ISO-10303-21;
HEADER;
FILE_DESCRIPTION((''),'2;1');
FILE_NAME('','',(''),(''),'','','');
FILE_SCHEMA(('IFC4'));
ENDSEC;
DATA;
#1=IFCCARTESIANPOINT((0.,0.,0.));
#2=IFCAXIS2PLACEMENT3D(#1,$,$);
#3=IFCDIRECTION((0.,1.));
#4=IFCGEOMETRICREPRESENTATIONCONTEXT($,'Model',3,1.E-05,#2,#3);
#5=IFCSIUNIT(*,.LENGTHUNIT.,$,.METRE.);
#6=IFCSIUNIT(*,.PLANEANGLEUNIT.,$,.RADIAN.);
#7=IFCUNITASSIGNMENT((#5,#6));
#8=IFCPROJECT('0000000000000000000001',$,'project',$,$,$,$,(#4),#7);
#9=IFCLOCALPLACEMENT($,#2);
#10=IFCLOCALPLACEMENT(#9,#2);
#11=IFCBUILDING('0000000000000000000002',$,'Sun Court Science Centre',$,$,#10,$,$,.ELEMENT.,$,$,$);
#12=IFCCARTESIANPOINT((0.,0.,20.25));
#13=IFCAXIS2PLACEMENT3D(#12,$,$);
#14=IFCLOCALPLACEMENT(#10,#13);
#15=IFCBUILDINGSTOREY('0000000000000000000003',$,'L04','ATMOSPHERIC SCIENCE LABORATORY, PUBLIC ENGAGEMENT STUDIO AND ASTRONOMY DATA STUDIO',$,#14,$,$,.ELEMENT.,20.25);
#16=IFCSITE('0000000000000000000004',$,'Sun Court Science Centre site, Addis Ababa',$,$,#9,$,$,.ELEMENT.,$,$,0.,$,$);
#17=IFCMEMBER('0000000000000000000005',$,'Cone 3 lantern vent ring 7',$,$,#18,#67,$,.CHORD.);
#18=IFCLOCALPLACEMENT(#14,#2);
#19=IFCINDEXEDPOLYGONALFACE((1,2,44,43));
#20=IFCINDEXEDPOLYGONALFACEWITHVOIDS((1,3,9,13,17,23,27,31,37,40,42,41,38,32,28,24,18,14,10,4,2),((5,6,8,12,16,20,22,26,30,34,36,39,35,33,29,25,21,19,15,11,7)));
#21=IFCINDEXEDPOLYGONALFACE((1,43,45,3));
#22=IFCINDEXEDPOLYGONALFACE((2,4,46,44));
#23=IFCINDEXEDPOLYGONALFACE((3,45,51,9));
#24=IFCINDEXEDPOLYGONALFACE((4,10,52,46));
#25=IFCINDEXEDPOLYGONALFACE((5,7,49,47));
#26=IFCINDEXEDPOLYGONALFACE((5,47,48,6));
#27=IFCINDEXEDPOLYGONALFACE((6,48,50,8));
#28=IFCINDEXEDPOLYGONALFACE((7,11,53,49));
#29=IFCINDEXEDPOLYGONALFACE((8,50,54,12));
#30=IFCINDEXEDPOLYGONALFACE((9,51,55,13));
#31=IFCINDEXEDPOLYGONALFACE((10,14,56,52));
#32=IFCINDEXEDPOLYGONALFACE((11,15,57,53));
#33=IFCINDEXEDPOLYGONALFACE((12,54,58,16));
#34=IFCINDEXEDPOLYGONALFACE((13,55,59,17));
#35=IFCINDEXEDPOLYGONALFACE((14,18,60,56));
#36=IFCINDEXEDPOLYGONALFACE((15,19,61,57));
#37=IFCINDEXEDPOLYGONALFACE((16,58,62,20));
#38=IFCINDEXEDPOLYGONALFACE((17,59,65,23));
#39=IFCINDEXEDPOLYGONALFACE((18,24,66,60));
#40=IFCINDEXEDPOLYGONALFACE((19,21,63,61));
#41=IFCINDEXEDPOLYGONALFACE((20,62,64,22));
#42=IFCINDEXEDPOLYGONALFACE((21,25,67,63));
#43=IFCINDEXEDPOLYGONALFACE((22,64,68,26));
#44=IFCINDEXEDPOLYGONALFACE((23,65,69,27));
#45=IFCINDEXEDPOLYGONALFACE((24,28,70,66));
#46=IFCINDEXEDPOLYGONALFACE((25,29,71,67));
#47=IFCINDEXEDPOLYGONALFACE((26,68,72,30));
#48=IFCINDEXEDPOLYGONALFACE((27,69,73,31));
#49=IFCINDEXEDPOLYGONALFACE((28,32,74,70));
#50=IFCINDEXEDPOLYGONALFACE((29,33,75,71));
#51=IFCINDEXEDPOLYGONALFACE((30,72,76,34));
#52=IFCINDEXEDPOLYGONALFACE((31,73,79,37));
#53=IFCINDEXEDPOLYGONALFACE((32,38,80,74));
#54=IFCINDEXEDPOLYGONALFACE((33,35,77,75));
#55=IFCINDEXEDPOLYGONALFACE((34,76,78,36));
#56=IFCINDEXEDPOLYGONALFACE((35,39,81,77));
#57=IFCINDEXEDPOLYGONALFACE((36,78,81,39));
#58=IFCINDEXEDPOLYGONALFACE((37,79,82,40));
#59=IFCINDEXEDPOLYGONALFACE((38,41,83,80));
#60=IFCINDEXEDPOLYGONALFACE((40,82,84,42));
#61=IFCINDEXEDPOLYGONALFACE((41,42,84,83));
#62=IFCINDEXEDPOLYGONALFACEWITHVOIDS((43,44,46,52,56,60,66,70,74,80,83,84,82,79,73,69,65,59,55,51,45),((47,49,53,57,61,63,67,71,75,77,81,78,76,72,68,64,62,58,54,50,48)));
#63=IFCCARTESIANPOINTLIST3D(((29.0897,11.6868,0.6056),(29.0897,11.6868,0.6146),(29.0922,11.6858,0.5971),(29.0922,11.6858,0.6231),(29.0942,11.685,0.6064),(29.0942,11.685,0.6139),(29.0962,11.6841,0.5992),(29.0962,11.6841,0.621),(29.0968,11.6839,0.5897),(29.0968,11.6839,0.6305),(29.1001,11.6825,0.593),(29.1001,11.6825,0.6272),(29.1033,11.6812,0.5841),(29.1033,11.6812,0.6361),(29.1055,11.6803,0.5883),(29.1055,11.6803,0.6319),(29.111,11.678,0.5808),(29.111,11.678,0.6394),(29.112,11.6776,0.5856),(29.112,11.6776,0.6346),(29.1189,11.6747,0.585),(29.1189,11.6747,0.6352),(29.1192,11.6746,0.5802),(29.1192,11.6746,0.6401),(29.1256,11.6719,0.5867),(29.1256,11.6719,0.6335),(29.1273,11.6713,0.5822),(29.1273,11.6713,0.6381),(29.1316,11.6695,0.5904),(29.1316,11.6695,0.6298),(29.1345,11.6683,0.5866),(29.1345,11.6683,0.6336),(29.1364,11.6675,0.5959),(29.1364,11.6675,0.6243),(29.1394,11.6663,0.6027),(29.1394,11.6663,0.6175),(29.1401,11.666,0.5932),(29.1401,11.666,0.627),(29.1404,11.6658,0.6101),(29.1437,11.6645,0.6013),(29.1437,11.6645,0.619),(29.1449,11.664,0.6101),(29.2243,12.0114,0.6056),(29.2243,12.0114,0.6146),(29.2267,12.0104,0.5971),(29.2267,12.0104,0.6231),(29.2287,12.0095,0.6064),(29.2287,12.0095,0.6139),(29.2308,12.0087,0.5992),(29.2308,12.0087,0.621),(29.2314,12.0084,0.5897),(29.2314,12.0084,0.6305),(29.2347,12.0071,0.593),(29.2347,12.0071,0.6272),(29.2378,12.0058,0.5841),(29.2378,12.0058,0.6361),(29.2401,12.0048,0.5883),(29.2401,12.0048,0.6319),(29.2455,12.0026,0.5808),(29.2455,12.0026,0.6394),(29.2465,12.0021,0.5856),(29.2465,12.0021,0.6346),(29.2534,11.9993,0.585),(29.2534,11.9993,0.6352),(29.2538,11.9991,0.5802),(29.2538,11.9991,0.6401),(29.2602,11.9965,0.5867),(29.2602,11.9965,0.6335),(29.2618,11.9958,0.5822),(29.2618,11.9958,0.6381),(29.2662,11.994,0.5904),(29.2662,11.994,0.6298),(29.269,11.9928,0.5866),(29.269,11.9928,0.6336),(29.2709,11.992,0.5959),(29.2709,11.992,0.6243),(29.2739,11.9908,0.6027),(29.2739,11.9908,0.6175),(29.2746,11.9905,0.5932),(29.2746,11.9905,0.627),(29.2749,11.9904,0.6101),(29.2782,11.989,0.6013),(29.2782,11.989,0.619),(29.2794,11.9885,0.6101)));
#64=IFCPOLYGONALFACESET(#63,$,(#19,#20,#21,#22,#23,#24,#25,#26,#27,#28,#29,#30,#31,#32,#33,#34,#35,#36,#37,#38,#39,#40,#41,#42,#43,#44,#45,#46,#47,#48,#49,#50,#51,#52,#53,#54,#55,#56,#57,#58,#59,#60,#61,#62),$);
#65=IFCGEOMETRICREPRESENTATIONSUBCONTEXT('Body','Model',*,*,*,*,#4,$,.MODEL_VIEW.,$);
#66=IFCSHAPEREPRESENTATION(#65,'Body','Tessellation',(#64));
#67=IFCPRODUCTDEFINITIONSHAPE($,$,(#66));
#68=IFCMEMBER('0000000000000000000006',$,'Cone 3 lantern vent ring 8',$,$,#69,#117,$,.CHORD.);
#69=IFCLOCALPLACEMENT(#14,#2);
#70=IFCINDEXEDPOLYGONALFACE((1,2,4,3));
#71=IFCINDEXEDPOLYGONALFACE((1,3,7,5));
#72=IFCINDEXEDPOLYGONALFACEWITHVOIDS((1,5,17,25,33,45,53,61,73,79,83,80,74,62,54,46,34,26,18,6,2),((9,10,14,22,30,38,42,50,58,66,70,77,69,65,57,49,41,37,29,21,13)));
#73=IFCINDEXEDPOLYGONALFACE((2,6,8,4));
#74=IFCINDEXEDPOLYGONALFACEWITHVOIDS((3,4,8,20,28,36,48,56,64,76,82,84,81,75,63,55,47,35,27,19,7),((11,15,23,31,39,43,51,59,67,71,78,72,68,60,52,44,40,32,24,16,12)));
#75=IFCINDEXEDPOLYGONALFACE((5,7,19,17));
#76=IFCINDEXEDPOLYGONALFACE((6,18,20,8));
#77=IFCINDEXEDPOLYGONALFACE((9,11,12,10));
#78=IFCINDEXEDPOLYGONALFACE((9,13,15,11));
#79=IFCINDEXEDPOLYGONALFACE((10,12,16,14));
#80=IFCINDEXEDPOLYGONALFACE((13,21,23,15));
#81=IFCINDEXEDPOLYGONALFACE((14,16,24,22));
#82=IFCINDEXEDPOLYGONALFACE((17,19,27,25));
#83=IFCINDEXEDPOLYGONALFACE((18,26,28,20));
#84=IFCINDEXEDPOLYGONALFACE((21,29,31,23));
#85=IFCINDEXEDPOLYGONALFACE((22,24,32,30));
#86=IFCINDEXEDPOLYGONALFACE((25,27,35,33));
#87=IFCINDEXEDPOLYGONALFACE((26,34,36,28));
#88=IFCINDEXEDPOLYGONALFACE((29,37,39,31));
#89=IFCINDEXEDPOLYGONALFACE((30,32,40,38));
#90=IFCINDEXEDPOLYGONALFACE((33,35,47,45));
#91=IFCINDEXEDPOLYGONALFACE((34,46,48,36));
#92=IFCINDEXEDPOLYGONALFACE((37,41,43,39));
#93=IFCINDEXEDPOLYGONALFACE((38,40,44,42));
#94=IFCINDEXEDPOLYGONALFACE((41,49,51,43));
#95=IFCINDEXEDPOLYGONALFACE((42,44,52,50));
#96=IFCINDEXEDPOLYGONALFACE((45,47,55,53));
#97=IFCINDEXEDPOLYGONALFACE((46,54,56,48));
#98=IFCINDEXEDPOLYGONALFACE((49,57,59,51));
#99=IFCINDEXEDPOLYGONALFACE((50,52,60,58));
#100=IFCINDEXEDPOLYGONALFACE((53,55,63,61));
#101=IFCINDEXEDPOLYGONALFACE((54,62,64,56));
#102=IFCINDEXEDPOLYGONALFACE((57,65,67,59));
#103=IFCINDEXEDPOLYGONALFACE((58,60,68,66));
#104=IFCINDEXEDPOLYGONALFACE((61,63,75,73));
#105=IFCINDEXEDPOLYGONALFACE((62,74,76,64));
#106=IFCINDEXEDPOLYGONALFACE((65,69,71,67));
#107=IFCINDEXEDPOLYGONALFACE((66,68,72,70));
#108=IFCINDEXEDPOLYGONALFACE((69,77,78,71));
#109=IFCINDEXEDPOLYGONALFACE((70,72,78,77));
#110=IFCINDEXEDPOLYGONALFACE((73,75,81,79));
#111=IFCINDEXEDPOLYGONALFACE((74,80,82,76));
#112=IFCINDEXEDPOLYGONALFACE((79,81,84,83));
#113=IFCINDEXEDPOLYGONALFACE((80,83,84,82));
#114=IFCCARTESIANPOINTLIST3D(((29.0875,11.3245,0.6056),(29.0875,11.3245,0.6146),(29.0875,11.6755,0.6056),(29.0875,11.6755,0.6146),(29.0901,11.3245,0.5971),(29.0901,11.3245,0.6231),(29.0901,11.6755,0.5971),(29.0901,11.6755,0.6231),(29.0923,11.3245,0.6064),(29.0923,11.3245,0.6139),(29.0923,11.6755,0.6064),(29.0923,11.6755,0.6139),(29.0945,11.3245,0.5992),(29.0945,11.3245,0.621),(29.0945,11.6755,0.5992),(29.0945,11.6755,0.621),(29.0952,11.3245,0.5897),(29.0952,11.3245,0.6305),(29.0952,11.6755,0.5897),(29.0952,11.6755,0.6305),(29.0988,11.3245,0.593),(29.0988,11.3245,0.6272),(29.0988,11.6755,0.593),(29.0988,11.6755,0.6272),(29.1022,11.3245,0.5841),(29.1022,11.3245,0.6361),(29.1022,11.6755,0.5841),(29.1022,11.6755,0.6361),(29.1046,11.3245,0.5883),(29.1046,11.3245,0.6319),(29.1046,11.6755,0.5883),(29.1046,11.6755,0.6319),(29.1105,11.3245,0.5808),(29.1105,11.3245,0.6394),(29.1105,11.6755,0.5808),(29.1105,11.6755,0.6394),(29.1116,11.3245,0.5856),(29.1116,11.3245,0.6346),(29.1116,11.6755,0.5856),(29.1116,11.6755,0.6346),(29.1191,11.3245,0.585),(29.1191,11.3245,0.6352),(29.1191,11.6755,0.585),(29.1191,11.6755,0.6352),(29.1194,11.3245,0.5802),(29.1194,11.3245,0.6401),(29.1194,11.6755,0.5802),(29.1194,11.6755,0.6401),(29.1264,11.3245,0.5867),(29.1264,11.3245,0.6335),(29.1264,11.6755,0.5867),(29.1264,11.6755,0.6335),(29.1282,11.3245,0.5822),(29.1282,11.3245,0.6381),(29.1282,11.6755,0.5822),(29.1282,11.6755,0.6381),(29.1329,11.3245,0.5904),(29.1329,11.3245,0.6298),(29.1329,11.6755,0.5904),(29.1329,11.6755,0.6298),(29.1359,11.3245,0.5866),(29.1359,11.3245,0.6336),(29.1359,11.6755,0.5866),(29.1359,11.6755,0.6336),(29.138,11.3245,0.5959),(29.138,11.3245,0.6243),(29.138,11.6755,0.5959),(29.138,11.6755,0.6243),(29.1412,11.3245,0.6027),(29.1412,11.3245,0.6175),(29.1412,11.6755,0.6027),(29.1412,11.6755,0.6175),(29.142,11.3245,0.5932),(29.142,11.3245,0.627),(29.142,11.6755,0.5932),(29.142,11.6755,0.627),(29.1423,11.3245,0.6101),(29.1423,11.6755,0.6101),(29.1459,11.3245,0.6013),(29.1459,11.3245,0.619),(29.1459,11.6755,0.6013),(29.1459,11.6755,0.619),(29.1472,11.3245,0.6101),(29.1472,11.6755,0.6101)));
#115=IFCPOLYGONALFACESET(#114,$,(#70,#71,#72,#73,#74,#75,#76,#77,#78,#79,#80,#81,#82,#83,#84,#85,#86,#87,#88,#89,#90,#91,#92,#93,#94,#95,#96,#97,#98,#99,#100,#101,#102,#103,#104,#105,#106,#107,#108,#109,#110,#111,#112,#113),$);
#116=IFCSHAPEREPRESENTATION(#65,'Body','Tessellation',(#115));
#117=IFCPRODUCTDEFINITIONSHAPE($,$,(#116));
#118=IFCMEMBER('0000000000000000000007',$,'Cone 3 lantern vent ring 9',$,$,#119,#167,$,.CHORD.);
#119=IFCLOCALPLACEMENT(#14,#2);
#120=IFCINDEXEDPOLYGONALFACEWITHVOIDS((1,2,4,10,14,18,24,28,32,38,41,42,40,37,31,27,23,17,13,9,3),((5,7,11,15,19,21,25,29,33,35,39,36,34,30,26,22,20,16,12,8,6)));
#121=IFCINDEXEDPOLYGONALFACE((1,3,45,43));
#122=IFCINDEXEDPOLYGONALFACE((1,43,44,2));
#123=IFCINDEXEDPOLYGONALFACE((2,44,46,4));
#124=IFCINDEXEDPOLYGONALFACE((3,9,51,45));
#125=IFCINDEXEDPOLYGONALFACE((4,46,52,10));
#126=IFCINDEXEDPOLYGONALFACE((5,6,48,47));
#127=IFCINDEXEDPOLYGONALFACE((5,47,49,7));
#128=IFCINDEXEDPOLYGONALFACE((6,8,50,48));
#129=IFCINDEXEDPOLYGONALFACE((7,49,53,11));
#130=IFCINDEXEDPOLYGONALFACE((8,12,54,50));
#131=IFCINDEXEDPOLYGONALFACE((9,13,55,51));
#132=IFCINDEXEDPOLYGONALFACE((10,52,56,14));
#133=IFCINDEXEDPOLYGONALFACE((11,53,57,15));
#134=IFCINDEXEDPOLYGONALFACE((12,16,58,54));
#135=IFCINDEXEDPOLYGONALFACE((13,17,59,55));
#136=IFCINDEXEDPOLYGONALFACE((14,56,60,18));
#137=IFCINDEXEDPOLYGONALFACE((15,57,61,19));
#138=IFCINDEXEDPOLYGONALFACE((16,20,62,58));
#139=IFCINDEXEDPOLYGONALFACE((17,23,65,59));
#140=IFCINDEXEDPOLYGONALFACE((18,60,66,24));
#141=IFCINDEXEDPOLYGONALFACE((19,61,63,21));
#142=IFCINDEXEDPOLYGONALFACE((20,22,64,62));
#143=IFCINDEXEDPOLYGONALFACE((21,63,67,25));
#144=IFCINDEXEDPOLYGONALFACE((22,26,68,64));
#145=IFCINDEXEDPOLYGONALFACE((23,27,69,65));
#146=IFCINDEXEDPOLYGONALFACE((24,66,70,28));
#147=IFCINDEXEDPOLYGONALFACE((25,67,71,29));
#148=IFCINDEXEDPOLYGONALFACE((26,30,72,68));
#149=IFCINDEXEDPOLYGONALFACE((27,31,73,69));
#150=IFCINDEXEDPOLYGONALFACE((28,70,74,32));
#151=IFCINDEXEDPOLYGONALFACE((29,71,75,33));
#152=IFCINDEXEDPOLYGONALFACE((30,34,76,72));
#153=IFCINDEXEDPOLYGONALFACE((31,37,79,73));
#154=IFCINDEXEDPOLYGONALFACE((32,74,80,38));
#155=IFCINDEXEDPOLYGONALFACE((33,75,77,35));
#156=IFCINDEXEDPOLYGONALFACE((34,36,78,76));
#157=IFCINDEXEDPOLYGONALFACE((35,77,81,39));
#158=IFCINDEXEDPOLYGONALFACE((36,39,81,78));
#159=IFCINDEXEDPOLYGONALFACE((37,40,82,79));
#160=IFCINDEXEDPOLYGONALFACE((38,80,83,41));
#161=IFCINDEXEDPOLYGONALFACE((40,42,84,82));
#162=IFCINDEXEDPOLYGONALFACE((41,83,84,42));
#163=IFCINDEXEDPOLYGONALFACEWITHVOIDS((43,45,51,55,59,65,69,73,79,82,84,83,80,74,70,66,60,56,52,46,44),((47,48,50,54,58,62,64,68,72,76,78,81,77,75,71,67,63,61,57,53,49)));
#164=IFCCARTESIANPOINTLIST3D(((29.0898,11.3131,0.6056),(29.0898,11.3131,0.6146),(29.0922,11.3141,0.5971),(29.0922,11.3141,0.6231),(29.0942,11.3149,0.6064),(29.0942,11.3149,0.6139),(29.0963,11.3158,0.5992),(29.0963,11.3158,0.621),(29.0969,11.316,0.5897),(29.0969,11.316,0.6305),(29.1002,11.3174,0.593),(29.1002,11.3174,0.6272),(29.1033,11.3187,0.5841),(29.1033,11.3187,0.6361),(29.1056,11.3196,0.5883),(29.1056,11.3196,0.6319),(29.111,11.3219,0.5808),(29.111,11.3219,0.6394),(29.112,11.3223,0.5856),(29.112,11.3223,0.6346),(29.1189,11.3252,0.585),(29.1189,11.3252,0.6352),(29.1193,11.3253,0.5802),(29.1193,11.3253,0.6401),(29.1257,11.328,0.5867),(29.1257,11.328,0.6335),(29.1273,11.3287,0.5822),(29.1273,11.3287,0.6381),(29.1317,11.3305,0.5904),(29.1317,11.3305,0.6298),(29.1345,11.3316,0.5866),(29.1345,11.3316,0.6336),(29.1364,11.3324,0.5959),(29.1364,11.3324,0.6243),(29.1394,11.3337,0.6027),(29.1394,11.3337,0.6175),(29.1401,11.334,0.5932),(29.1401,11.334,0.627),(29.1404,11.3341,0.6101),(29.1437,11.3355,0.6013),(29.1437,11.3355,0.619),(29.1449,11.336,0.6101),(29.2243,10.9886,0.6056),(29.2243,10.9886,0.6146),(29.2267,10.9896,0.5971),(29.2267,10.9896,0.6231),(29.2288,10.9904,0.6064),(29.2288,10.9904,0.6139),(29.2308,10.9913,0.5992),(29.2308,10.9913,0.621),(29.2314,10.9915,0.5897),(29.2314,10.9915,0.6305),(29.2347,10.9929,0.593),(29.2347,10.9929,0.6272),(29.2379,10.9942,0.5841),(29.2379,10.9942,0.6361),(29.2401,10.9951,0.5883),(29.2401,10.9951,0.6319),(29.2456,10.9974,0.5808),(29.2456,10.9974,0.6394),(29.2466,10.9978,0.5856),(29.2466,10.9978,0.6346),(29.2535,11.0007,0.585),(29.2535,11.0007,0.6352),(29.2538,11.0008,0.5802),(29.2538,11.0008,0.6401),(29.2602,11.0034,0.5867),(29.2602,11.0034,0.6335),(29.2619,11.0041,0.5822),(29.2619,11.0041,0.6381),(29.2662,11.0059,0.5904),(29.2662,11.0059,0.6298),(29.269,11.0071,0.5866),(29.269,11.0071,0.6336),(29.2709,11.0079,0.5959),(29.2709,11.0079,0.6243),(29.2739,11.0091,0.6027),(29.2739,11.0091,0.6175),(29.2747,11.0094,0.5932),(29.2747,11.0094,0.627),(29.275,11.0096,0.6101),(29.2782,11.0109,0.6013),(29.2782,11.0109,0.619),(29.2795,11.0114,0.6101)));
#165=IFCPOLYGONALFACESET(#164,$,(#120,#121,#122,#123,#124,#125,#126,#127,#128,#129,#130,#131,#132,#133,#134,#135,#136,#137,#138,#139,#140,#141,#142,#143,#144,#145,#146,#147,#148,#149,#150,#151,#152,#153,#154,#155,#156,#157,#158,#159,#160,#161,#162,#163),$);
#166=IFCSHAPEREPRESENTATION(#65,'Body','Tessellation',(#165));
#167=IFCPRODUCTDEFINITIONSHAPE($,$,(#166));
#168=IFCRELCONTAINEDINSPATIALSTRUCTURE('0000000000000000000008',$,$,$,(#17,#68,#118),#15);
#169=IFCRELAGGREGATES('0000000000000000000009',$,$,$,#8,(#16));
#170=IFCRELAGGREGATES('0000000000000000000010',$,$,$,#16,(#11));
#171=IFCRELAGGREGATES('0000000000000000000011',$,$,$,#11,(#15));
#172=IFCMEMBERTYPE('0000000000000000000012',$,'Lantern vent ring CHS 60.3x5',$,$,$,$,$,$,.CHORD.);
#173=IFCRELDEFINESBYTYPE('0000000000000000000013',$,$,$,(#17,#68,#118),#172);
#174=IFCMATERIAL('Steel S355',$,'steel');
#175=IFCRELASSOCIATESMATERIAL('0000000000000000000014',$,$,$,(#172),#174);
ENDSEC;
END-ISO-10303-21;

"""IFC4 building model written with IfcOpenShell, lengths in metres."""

from ifc_helpers import new_model, si_unit, direction, frame, origin, origin_2d, place, context, subcontext, project, spatial, hollow_circle, extrude, material, material_profile, profile_set, type_object, element, save


model = new_model("IFC4")

# Units and contexts
model_context = context("Model", 3, precision=1e-05, world=origin(), true_north=direction((0.0, 1.0)))
body_context = subcontext(model_context, "Body", "Model", "MODEL_VIEW")
ifc_project = project(units=[si_unit("LENGTHUNIT", "METRE"), si_unit("PLANEANGLEUNIT", "RADIAN")], contexts=[model_context])

# Site, building, storey
site_placement = place(None, origin())
site = spatial("IfcSite", under=ifc_project, at=site_placement, Name="Sun Court Science Centre site, Addis Ababa", CompositionType="ELEMENT", RefElevation=0.0)
building_placement = place(site_placement, origin())
building = spatial("IfcBuilding", under=site, at=building_placement, Name="Sun Court Science Centre", CompositionType="ELEMENT")
storey_placement = place(building_placement, frame((0.0, 0.0, 20.25)))
storey = spatial("IfcBuildingStorey", under=building, at=storey_placement, Name="L04", Description="ATMOSPHERIC SCIENCE LABORATORY, PUBLIC ENGAGEMENT STUDIO AND ASTRONOMY DATA STUDIO", CompositionType="ELEMENT", Elevation=20.25)

# Members
ifc_material_1 = material(Name="Steel S355", Category="steel")
ifc_material_profile_1 = material_profile(ifc_material_1, hollow_circle(Radius=0.03, WallThickness=0.0049, at=origin_2d()), Name="CHS 60.3x5")
ifc_profile_set_1 = profile_set([ifc_material_profile_1], Name="Steel S355")
member_type_1 = type_object("IfcMemberType", Name="Lantern vent ring CHS 60.3x5", PredefinedType="CHORD", material=ifc_profile_set_1)
member_1_placement = place(storey_placement, frame((29.2517, 12.0, 0.6101), z_axis=(-0.382986, -0.923754, 0.0), x_axis=(0.923754, -0.382986, 0.0)))
element("IfcMember", 1, at=member_1_placement, inside=storey, type_object=member_type_1, Name="Cone 3 lantern vent ring 7", PredefinedType="CHORD", context=body_context, shape_type="SweptSolid", body=[
    extrude(hollow_circle(Radius=0.03, WallThickness=0.0049, at=origin_2d()), origin(), (0.0, 0.0, 1.0), 0.3513),
])
member_2_placement = place(storey_placement, frame((29.1172, 11.6755, 0.6101), z_axis=(0.0, -1.0, 0.0), x_axis=(1.0, 0.0, 0.0)))
element("IfcMember", 2, at=member_2_placement, inside=storey, type_object=member_type_1, Name="Cone 3 lantern vent ring 8", PredefinedType="CHORD", context=body_context, shape_type="SweptSolid", body=[
    extrude(hollow_circle(Radius=0.03, WallThickness=0.0049, at=origin_2d()), origin(), (0.0, 0.0, 1.0), 0.3511),
])
member_3_placement = place(storey_placement, frame((29.1172, 11.3245, 0.6101), z_axis=(0.382986, -0.923754, 0.0), x_axis=(0.923754, 0.382986, 0.0)))
element("IfcMember", 3, at=member_3_placement, inside=storey, type_object=member_type_1, Name="Cone 3 lantern vent ring 9", PredefinedType="CHORD", context=body_context, shape_type="SweptSolid", body=[
    extrude(hollow_circle(Radius=0.03, WallThickness=0.0049, at=origin_2d()), origin(), (0.0, 0.0, 1.0), 0.3513),
])

save(model, "model.ifc")
